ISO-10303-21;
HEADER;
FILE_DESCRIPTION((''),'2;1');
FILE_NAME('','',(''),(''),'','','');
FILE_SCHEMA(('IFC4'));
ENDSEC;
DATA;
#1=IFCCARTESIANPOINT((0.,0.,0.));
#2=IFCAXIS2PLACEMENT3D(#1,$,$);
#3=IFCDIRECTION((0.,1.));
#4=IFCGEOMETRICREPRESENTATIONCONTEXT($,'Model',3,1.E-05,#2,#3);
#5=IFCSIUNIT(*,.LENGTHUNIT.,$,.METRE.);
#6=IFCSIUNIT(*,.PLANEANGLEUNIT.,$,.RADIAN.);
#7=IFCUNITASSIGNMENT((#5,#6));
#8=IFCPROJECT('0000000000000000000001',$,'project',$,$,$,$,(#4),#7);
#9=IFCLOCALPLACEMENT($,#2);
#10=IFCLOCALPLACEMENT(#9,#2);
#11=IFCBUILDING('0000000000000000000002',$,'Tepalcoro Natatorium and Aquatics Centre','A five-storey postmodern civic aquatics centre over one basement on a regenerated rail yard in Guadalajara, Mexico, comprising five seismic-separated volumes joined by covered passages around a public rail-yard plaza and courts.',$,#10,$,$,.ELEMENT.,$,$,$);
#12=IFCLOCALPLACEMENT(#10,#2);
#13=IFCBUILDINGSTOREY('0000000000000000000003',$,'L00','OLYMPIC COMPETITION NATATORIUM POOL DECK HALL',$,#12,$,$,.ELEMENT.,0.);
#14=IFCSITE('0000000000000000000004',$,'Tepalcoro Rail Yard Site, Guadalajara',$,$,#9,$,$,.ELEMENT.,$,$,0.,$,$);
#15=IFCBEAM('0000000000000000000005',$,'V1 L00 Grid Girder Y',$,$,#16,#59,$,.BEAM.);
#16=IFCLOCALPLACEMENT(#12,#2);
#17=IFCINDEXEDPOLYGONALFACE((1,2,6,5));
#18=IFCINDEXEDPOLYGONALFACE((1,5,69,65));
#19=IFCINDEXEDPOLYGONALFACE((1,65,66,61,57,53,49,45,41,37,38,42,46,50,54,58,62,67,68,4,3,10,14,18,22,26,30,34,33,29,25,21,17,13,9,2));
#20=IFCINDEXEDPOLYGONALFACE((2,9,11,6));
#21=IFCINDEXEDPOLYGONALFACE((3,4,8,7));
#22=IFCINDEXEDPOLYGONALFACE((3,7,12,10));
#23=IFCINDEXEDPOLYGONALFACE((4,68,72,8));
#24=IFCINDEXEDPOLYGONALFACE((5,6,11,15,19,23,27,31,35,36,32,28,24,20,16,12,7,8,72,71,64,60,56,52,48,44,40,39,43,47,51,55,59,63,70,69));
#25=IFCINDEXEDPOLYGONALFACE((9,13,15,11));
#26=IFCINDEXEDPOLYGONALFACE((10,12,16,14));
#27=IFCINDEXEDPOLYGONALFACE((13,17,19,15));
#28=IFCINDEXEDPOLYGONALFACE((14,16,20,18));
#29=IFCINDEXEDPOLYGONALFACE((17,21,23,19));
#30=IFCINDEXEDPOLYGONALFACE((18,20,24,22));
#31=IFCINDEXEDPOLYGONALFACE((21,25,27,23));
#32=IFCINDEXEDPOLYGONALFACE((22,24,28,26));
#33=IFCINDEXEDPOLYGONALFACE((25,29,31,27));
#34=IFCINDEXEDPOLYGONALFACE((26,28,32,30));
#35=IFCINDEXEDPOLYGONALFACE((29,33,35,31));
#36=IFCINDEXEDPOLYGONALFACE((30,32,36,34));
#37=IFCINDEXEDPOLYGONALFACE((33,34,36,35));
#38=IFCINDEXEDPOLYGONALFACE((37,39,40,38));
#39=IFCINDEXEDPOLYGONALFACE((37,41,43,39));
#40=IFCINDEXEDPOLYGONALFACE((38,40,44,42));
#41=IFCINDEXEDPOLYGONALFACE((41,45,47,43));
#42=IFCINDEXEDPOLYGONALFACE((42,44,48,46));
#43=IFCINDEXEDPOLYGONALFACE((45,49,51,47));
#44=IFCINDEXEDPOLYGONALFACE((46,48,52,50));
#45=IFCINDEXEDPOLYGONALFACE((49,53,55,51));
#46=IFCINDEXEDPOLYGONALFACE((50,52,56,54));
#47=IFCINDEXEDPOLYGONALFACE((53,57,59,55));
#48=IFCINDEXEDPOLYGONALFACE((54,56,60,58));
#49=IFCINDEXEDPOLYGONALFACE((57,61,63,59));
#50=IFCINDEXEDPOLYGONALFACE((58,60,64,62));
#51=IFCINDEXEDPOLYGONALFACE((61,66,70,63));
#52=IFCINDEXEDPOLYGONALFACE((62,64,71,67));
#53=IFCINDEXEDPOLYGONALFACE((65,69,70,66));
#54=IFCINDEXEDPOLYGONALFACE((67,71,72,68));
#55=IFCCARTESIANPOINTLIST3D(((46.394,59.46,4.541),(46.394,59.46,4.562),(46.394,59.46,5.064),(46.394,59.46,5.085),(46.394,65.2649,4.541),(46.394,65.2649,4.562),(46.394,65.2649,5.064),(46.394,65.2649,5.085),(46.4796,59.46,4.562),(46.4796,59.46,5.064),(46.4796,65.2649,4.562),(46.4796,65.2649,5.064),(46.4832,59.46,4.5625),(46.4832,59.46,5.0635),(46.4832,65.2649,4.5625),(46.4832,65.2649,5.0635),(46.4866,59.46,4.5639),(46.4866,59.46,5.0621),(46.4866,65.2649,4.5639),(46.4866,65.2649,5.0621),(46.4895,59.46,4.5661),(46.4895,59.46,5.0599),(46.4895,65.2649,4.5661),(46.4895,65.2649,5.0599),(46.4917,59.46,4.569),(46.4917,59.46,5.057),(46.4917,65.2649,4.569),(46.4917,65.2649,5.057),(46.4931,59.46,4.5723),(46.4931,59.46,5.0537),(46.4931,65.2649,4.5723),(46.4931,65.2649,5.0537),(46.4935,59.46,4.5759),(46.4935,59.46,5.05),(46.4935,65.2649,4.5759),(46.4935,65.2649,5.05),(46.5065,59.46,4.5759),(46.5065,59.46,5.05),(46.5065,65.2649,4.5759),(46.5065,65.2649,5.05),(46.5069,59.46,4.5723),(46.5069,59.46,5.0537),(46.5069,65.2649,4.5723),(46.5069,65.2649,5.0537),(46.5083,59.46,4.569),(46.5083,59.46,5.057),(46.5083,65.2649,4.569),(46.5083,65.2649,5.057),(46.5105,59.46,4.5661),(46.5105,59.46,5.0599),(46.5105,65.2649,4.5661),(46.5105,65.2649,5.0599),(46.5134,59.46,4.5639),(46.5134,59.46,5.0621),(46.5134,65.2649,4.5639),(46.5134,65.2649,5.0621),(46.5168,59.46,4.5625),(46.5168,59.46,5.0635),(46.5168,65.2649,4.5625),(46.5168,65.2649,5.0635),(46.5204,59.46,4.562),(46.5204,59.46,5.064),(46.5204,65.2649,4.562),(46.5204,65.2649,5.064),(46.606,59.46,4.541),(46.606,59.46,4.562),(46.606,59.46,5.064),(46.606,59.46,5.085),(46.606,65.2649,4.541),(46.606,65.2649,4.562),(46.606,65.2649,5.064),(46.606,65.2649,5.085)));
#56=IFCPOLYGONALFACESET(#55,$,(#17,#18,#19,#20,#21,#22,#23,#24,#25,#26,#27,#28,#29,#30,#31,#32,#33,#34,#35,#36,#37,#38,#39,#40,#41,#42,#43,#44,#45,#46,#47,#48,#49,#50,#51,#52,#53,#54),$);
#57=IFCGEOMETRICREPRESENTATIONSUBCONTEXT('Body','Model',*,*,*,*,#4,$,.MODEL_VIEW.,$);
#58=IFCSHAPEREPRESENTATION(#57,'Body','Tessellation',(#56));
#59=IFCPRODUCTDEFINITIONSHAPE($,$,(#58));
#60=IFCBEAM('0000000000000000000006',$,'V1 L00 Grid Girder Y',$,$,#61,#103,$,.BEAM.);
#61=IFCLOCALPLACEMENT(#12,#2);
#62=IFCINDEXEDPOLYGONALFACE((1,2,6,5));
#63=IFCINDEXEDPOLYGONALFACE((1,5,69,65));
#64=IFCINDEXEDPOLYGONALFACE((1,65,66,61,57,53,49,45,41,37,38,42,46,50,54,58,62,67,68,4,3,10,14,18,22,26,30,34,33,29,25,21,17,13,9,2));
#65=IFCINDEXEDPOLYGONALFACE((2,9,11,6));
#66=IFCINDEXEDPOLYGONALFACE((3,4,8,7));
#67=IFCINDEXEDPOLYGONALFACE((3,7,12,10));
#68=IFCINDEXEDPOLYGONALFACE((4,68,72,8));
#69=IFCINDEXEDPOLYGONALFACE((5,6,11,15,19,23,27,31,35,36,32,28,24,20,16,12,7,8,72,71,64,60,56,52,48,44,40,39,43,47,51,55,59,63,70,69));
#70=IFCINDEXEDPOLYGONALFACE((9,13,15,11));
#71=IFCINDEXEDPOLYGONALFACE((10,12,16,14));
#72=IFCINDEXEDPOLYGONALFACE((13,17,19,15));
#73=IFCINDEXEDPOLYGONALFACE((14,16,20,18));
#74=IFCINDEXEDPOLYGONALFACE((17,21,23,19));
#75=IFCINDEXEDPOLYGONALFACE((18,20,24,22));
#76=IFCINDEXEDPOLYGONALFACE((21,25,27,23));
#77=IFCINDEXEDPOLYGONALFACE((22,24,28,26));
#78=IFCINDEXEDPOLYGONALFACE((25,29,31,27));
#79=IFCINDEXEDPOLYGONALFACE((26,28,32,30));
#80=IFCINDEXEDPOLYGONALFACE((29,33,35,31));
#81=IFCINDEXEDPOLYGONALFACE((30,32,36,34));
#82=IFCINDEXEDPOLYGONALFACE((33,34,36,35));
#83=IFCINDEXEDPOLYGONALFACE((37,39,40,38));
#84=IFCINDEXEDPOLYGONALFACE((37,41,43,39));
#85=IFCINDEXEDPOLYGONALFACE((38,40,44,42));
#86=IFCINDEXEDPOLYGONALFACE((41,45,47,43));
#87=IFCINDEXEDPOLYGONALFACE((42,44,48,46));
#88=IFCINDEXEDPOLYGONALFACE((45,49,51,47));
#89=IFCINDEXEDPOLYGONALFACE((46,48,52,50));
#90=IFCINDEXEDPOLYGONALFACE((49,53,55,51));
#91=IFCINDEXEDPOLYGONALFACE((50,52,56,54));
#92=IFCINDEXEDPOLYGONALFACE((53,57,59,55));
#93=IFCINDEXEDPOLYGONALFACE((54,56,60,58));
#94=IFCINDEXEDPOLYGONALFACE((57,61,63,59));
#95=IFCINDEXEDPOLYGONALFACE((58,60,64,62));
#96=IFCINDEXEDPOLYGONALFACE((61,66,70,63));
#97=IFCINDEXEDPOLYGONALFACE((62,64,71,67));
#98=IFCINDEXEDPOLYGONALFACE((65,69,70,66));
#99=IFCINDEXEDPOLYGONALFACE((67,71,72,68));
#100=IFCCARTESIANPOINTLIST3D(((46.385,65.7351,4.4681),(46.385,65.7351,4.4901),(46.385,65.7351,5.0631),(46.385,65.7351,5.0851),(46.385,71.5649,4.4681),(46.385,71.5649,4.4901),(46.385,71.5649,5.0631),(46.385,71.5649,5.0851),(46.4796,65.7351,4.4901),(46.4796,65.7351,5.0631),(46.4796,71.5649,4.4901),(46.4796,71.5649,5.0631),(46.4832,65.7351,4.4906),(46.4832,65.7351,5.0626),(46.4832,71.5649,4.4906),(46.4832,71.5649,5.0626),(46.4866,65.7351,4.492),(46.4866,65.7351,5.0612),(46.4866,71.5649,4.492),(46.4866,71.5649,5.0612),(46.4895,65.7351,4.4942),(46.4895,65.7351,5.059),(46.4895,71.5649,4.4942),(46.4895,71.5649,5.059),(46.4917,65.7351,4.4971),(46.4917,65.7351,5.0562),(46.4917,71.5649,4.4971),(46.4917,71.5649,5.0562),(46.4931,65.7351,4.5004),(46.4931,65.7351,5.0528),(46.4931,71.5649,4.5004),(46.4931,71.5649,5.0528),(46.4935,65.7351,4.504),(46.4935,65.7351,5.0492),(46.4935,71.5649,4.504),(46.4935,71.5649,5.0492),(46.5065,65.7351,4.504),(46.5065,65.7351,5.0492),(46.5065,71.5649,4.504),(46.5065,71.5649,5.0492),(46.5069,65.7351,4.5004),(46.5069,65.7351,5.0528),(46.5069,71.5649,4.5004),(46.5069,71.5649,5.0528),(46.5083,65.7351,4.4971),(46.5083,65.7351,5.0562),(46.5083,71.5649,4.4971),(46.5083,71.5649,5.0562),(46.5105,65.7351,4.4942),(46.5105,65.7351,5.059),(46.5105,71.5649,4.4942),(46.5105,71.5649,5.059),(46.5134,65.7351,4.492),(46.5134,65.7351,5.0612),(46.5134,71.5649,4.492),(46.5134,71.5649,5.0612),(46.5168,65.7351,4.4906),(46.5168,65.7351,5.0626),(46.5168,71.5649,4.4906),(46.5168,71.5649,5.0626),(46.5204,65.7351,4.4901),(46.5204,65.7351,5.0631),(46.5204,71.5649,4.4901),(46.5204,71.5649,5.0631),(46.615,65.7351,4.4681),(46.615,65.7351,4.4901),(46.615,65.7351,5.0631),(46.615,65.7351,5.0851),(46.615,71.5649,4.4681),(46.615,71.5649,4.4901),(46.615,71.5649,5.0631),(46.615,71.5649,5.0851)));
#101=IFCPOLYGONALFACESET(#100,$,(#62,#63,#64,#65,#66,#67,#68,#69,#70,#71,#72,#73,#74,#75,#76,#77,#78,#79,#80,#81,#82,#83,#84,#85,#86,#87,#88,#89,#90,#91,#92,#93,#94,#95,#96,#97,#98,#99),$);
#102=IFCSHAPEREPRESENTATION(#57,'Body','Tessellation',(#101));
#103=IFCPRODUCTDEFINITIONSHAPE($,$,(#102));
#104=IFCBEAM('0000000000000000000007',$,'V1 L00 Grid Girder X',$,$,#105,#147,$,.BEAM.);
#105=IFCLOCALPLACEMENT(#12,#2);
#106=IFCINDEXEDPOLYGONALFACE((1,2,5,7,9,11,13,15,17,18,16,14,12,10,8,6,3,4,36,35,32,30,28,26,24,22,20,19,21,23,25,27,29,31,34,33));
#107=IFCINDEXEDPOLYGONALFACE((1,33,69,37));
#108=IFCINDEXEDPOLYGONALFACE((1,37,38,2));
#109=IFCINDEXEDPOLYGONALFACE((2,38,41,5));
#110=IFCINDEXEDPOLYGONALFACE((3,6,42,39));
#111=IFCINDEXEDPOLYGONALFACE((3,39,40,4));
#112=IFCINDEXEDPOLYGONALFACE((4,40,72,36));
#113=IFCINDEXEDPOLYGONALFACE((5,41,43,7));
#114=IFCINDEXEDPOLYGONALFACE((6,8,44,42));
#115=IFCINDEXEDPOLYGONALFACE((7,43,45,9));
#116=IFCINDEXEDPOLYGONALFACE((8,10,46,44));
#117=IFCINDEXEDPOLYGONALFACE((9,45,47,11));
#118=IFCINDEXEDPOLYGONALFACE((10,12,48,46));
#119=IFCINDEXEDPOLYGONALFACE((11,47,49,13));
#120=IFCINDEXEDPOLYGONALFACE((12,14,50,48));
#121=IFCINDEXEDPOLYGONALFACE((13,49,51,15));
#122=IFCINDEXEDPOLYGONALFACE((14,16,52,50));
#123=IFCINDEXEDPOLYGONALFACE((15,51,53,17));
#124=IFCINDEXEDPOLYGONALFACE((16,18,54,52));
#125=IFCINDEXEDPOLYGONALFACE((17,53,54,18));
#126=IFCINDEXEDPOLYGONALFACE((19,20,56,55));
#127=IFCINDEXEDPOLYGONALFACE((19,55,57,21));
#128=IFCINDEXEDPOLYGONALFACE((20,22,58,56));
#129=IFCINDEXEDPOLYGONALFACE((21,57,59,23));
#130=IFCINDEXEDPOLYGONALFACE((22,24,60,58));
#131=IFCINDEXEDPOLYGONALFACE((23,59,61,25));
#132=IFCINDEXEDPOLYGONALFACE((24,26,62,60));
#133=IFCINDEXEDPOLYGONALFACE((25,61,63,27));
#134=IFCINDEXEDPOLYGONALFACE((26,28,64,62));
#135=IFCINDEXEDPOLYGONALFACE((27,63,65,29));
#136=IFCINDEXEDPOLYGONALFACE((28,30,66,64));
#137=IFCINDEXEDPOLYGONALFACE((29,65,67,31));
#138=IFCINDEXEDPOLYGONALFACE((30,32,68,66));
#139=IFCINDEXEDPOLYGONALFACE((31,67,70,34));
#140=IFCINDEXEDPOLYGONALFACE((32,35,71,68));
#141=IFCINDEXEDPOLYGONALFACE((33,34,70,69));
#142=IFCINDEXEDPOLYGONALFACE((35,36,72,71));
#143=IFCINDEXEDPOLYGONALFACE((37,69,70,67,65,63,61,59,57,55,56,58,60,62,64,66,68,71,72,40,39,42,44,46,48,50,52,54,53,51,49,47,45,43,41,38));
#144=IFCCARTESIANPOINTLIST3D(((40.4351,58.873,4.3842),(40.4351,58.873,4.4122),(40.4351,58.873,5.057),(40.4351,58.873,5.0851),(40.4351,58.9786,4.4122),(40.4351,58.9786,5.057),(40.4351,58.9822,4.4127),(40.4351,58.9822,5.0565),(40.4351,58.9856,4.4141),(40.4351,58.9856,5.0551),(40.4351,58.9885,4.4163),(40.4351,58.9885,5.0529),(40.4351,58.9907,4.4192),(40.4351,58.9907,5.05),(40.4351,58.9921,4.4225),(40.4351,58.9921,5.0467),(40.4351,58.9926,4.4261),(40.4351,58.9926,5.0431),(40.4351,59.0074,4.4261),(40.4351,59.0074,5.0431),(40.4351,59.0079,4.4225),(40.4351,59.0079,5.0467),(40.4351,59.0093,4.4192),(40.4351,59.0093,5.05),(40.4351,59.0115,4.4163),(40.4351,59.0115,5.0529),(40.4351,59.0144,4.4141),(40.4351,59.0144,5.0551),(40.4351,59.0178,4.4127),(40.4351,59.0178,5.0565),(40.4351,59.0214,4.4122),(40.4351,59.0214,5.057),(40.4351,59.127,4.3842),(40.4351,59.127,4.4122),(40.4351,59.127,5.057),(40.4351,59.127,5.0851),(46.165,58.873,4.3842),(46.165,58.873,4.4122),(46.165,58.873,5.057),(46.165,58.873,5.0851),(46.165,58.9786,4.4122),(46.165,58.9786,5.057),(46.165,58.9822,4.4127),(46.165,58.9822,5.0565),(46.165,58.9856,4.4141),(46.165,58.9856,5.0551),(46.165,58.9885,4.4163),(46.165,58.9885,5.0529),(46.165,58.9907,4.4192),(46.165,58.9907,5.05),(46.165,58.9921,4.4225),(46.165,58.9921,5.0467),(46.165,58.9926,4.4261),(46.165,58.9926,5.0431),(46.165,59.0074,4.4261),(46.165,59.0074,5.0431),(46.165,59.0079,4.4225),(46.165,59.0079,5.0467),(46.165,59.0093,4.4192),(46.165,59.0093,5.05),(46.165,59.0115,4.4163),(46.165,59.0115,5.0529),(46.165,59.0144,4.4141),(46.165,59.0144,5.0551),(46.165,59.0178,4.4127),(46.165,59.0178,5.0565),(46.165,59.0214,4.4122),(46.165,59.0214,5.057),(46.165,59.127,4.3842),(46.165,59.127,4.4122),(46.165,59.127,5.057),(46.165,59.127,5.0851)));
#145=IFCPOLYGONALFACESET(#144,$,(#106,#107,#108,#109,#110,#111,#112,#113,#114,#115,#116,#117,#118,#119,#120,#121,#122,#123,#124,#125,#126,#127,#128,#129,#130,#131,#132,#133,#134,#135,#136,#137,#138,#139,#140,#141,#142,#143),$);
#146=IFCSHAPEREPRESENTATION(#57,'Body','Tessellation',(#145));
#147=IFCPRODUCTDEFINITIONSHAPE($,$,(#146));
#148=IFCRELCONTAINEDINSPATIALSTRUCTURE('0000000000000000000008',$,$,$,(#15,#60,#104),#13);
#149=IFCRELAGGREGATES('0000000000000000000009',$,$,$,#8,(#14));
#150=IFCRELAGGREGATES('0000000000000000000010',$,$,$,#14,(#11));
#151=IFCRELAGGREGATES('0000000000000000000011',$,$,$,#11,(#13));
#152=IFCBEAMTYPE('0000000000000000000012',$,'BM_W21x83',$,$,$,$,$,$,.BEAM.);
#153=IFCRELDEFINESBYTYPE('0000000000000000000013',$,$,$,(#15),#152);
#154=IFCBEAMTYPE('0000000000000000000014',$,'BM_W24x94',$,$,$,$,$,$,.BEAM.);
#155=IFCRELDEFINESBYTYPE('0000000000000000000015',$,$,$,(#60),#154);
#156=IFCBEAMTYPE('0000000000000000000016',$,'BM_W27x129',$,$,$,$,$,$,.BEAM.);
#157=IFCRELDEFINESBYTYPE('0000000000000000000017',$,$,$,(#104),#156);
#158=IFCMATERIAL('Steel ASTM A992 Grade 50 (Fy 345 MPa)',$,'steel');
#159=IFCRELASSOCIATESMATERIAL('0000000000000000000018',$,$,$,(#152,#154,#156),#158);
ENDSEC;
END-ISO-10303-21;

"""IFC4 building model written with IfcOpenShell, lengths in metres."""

from ifc_helpers import new_model, si_unit, direction, frame, origin, origin_2d, place, context, subcontext, project, spatial, i_section, extrude, material, material_profile, profile_set, type_object, element, save


model = new_model("IFC4")

# Units and contexts
model_context = context("Model", 3, precision=1e-05, world=origin(), true_north=direction((0.0, 1.0)))
body_context = subcontext(model_context, "Body", "Model", "MODEL_VIEW")
ifc_project = project(units=[si_unit("LENGTHUNIT", "METRE"), si_unit("PLANEANGLEUNIT", "RADIAN")], contexts=[model_context])

# Site, building, storey
site_placement = place(None, origin())
site = spatial("IfcSite", under=ifc_project, at=site_placement, Name="Tepalcoro Rail Yard Site, Guadalajara", CompositionType="ELEMENT", RefElevation=0.0)
building_placement = place(site_placement, origin())
building = spatial("IfcBuilding", under=site, at=building_placement, Name="Tepalcoro Natatorium and Aquatics Centre", Description="A five-storey postmodern civic aquatics centre over one basement on a regenerated rail yard in Guadalajara, Mexico, comprising five seismic-separated volumes joined by covered passages around a public rail-yard plaza and courts.", CompositionType="ELEMENT")
storey_placement = place(building_placement, origin())
storey = spatial("IfcBuildingStorey", under=building, at=storey_placement, Name="L00", Description="OLYMPIC COMPETITION NATATORIUM POOL DECK HALL", CompositionType="ELEMENT", Elevation=0.0)

# Beams
ifc_material_1 = material(Name="Steel ASTM A992 Grade 50 (Fy 345 MPa)", Category="steel")
ifc_material_profile_1 = material_profile(ifc_material_1, i_section(OverallWidth=0.2119, OverallDepth=0.5439, WebThickness=0.0129, FlangeThickness=0.021, FilletRadius=0.0139, at=origin_2d()), Name="W21X83")
ifc_profile_set_1 = profile_set([ifc_material_profile_1], Name="Steel ASTM A992 Grade 50 (Fy 345 MPa)")
beam_type_1 = type_object("IfcBeamType", Name="BM_W21x83", PredefinedType="BEAM", material=ifc_profile_set_1)
beam_1_placement = place(storey_placement, frame((46.5, 59.46, 4.813), z_axis=(0.0, 1.0, 0.0), x_axis=(-1.0, 0.0, 0.0)))
element("IfcBeam", 1, at=beam_1_placement, inside=storey, type_object=beam_type_1, Name="V1 L00 Grid Girder Y", PredefinedType="BEAM", context=body_context, shape_type="SweptSolid", body=[
    extrude(i_section(OverallWidth=0.2119, OverallDepth=0.5439, WebThickness=0.0129, FlangeThickness=0.021, FilletRadius=0.0139, at=origin_2d()), origin(), (0.0, 0.0, 1.0), 5.8049),
])
ifc_material_profile_2 = material_profile(ifc_material_1, i_section(OverallWidth=0.23, OverallDepth=0.6169, WebThickness=0.0129, FlangeThickness=0.022, FilletRadius=0.0139, at=origin_2d()), Name="W24X94")
ifc_profile_set_2 = profile_set([ifc_material_profile_2], Name="Steel ASTM A992 Grade 50 (Fy 345 MPa)")
beam_type_2 = type_object("IfcBeamType", Name="BM_W24x94", PredefinedType="BEAM", material=ifc_profile_set_2)
beam_2_placement = place(storey_placement, frame((46.5, 65.7351, 4.7766), z_axis=(0.0, 1.0, 0.0), x_axis=(-1.0, 0.0, 0.0)))
element("IfcBeam", 2, at=beam_2_placement, inside=storey, type_object=beam_type_2, Name="V1 L00 Grid Girder Y", PredefinedType="BEAM", context=body_context, shape_type="SweptSolid", body=[
    extrude(i_section(OverallWidth=0.23, OverallDepth=0.6169, WebThickness=0.0129, FlangeThickness=0.022, FilletRadius=0.0139, at=origin_2d()), origin(), (0.0, 0.0, 1.0), 5.8298),
])
ifc_material_profile_3 = material_profile(ifc_material_1, i_section(OverallWidth=0.2539, OverallDepth=0.7009, WebThickness=0.0149, FlangeThickness=0.0281, FilletRadius=0.0139, at=origin_2d()), Name="W27X129")
ifc_profile_set_3 = profile_set([ifc_material_profile_3], Name="Steel ASTM A992 Grade 50 (Fy 345 MPa)")
beam_type_3 = type_object("IfcBeamType", Name="BM_W27x129", PredefinedType="BEAM", material=ifc_profile_set_3)
beam_3_placement = place(storey_placement, frame((40.4351, 59.0, 4.7346), z_axis=(1.0, 0.0, 0.0), x_axis=(0.0, 1.0, 0.0)))
element("IfcBeam", 3, at=beam_3_placement, inside=storey, type_object=beam_type_3, Name="V1 L00 Grid Girder X", PredefinedType="BEAM", context=body_context, shape_type="SweptSolid", body=[
    extrude(i_section(OverallWidth=0.2539, OverallDepth=0.7009, WebThickness=0.0149, FlangeThickness=0.0281, FilletRadius=0.0139, at=origin_2d()), origin(), (0.0, 0.0, 1.0), 5.73),
])

save(model, "model.ifc")
